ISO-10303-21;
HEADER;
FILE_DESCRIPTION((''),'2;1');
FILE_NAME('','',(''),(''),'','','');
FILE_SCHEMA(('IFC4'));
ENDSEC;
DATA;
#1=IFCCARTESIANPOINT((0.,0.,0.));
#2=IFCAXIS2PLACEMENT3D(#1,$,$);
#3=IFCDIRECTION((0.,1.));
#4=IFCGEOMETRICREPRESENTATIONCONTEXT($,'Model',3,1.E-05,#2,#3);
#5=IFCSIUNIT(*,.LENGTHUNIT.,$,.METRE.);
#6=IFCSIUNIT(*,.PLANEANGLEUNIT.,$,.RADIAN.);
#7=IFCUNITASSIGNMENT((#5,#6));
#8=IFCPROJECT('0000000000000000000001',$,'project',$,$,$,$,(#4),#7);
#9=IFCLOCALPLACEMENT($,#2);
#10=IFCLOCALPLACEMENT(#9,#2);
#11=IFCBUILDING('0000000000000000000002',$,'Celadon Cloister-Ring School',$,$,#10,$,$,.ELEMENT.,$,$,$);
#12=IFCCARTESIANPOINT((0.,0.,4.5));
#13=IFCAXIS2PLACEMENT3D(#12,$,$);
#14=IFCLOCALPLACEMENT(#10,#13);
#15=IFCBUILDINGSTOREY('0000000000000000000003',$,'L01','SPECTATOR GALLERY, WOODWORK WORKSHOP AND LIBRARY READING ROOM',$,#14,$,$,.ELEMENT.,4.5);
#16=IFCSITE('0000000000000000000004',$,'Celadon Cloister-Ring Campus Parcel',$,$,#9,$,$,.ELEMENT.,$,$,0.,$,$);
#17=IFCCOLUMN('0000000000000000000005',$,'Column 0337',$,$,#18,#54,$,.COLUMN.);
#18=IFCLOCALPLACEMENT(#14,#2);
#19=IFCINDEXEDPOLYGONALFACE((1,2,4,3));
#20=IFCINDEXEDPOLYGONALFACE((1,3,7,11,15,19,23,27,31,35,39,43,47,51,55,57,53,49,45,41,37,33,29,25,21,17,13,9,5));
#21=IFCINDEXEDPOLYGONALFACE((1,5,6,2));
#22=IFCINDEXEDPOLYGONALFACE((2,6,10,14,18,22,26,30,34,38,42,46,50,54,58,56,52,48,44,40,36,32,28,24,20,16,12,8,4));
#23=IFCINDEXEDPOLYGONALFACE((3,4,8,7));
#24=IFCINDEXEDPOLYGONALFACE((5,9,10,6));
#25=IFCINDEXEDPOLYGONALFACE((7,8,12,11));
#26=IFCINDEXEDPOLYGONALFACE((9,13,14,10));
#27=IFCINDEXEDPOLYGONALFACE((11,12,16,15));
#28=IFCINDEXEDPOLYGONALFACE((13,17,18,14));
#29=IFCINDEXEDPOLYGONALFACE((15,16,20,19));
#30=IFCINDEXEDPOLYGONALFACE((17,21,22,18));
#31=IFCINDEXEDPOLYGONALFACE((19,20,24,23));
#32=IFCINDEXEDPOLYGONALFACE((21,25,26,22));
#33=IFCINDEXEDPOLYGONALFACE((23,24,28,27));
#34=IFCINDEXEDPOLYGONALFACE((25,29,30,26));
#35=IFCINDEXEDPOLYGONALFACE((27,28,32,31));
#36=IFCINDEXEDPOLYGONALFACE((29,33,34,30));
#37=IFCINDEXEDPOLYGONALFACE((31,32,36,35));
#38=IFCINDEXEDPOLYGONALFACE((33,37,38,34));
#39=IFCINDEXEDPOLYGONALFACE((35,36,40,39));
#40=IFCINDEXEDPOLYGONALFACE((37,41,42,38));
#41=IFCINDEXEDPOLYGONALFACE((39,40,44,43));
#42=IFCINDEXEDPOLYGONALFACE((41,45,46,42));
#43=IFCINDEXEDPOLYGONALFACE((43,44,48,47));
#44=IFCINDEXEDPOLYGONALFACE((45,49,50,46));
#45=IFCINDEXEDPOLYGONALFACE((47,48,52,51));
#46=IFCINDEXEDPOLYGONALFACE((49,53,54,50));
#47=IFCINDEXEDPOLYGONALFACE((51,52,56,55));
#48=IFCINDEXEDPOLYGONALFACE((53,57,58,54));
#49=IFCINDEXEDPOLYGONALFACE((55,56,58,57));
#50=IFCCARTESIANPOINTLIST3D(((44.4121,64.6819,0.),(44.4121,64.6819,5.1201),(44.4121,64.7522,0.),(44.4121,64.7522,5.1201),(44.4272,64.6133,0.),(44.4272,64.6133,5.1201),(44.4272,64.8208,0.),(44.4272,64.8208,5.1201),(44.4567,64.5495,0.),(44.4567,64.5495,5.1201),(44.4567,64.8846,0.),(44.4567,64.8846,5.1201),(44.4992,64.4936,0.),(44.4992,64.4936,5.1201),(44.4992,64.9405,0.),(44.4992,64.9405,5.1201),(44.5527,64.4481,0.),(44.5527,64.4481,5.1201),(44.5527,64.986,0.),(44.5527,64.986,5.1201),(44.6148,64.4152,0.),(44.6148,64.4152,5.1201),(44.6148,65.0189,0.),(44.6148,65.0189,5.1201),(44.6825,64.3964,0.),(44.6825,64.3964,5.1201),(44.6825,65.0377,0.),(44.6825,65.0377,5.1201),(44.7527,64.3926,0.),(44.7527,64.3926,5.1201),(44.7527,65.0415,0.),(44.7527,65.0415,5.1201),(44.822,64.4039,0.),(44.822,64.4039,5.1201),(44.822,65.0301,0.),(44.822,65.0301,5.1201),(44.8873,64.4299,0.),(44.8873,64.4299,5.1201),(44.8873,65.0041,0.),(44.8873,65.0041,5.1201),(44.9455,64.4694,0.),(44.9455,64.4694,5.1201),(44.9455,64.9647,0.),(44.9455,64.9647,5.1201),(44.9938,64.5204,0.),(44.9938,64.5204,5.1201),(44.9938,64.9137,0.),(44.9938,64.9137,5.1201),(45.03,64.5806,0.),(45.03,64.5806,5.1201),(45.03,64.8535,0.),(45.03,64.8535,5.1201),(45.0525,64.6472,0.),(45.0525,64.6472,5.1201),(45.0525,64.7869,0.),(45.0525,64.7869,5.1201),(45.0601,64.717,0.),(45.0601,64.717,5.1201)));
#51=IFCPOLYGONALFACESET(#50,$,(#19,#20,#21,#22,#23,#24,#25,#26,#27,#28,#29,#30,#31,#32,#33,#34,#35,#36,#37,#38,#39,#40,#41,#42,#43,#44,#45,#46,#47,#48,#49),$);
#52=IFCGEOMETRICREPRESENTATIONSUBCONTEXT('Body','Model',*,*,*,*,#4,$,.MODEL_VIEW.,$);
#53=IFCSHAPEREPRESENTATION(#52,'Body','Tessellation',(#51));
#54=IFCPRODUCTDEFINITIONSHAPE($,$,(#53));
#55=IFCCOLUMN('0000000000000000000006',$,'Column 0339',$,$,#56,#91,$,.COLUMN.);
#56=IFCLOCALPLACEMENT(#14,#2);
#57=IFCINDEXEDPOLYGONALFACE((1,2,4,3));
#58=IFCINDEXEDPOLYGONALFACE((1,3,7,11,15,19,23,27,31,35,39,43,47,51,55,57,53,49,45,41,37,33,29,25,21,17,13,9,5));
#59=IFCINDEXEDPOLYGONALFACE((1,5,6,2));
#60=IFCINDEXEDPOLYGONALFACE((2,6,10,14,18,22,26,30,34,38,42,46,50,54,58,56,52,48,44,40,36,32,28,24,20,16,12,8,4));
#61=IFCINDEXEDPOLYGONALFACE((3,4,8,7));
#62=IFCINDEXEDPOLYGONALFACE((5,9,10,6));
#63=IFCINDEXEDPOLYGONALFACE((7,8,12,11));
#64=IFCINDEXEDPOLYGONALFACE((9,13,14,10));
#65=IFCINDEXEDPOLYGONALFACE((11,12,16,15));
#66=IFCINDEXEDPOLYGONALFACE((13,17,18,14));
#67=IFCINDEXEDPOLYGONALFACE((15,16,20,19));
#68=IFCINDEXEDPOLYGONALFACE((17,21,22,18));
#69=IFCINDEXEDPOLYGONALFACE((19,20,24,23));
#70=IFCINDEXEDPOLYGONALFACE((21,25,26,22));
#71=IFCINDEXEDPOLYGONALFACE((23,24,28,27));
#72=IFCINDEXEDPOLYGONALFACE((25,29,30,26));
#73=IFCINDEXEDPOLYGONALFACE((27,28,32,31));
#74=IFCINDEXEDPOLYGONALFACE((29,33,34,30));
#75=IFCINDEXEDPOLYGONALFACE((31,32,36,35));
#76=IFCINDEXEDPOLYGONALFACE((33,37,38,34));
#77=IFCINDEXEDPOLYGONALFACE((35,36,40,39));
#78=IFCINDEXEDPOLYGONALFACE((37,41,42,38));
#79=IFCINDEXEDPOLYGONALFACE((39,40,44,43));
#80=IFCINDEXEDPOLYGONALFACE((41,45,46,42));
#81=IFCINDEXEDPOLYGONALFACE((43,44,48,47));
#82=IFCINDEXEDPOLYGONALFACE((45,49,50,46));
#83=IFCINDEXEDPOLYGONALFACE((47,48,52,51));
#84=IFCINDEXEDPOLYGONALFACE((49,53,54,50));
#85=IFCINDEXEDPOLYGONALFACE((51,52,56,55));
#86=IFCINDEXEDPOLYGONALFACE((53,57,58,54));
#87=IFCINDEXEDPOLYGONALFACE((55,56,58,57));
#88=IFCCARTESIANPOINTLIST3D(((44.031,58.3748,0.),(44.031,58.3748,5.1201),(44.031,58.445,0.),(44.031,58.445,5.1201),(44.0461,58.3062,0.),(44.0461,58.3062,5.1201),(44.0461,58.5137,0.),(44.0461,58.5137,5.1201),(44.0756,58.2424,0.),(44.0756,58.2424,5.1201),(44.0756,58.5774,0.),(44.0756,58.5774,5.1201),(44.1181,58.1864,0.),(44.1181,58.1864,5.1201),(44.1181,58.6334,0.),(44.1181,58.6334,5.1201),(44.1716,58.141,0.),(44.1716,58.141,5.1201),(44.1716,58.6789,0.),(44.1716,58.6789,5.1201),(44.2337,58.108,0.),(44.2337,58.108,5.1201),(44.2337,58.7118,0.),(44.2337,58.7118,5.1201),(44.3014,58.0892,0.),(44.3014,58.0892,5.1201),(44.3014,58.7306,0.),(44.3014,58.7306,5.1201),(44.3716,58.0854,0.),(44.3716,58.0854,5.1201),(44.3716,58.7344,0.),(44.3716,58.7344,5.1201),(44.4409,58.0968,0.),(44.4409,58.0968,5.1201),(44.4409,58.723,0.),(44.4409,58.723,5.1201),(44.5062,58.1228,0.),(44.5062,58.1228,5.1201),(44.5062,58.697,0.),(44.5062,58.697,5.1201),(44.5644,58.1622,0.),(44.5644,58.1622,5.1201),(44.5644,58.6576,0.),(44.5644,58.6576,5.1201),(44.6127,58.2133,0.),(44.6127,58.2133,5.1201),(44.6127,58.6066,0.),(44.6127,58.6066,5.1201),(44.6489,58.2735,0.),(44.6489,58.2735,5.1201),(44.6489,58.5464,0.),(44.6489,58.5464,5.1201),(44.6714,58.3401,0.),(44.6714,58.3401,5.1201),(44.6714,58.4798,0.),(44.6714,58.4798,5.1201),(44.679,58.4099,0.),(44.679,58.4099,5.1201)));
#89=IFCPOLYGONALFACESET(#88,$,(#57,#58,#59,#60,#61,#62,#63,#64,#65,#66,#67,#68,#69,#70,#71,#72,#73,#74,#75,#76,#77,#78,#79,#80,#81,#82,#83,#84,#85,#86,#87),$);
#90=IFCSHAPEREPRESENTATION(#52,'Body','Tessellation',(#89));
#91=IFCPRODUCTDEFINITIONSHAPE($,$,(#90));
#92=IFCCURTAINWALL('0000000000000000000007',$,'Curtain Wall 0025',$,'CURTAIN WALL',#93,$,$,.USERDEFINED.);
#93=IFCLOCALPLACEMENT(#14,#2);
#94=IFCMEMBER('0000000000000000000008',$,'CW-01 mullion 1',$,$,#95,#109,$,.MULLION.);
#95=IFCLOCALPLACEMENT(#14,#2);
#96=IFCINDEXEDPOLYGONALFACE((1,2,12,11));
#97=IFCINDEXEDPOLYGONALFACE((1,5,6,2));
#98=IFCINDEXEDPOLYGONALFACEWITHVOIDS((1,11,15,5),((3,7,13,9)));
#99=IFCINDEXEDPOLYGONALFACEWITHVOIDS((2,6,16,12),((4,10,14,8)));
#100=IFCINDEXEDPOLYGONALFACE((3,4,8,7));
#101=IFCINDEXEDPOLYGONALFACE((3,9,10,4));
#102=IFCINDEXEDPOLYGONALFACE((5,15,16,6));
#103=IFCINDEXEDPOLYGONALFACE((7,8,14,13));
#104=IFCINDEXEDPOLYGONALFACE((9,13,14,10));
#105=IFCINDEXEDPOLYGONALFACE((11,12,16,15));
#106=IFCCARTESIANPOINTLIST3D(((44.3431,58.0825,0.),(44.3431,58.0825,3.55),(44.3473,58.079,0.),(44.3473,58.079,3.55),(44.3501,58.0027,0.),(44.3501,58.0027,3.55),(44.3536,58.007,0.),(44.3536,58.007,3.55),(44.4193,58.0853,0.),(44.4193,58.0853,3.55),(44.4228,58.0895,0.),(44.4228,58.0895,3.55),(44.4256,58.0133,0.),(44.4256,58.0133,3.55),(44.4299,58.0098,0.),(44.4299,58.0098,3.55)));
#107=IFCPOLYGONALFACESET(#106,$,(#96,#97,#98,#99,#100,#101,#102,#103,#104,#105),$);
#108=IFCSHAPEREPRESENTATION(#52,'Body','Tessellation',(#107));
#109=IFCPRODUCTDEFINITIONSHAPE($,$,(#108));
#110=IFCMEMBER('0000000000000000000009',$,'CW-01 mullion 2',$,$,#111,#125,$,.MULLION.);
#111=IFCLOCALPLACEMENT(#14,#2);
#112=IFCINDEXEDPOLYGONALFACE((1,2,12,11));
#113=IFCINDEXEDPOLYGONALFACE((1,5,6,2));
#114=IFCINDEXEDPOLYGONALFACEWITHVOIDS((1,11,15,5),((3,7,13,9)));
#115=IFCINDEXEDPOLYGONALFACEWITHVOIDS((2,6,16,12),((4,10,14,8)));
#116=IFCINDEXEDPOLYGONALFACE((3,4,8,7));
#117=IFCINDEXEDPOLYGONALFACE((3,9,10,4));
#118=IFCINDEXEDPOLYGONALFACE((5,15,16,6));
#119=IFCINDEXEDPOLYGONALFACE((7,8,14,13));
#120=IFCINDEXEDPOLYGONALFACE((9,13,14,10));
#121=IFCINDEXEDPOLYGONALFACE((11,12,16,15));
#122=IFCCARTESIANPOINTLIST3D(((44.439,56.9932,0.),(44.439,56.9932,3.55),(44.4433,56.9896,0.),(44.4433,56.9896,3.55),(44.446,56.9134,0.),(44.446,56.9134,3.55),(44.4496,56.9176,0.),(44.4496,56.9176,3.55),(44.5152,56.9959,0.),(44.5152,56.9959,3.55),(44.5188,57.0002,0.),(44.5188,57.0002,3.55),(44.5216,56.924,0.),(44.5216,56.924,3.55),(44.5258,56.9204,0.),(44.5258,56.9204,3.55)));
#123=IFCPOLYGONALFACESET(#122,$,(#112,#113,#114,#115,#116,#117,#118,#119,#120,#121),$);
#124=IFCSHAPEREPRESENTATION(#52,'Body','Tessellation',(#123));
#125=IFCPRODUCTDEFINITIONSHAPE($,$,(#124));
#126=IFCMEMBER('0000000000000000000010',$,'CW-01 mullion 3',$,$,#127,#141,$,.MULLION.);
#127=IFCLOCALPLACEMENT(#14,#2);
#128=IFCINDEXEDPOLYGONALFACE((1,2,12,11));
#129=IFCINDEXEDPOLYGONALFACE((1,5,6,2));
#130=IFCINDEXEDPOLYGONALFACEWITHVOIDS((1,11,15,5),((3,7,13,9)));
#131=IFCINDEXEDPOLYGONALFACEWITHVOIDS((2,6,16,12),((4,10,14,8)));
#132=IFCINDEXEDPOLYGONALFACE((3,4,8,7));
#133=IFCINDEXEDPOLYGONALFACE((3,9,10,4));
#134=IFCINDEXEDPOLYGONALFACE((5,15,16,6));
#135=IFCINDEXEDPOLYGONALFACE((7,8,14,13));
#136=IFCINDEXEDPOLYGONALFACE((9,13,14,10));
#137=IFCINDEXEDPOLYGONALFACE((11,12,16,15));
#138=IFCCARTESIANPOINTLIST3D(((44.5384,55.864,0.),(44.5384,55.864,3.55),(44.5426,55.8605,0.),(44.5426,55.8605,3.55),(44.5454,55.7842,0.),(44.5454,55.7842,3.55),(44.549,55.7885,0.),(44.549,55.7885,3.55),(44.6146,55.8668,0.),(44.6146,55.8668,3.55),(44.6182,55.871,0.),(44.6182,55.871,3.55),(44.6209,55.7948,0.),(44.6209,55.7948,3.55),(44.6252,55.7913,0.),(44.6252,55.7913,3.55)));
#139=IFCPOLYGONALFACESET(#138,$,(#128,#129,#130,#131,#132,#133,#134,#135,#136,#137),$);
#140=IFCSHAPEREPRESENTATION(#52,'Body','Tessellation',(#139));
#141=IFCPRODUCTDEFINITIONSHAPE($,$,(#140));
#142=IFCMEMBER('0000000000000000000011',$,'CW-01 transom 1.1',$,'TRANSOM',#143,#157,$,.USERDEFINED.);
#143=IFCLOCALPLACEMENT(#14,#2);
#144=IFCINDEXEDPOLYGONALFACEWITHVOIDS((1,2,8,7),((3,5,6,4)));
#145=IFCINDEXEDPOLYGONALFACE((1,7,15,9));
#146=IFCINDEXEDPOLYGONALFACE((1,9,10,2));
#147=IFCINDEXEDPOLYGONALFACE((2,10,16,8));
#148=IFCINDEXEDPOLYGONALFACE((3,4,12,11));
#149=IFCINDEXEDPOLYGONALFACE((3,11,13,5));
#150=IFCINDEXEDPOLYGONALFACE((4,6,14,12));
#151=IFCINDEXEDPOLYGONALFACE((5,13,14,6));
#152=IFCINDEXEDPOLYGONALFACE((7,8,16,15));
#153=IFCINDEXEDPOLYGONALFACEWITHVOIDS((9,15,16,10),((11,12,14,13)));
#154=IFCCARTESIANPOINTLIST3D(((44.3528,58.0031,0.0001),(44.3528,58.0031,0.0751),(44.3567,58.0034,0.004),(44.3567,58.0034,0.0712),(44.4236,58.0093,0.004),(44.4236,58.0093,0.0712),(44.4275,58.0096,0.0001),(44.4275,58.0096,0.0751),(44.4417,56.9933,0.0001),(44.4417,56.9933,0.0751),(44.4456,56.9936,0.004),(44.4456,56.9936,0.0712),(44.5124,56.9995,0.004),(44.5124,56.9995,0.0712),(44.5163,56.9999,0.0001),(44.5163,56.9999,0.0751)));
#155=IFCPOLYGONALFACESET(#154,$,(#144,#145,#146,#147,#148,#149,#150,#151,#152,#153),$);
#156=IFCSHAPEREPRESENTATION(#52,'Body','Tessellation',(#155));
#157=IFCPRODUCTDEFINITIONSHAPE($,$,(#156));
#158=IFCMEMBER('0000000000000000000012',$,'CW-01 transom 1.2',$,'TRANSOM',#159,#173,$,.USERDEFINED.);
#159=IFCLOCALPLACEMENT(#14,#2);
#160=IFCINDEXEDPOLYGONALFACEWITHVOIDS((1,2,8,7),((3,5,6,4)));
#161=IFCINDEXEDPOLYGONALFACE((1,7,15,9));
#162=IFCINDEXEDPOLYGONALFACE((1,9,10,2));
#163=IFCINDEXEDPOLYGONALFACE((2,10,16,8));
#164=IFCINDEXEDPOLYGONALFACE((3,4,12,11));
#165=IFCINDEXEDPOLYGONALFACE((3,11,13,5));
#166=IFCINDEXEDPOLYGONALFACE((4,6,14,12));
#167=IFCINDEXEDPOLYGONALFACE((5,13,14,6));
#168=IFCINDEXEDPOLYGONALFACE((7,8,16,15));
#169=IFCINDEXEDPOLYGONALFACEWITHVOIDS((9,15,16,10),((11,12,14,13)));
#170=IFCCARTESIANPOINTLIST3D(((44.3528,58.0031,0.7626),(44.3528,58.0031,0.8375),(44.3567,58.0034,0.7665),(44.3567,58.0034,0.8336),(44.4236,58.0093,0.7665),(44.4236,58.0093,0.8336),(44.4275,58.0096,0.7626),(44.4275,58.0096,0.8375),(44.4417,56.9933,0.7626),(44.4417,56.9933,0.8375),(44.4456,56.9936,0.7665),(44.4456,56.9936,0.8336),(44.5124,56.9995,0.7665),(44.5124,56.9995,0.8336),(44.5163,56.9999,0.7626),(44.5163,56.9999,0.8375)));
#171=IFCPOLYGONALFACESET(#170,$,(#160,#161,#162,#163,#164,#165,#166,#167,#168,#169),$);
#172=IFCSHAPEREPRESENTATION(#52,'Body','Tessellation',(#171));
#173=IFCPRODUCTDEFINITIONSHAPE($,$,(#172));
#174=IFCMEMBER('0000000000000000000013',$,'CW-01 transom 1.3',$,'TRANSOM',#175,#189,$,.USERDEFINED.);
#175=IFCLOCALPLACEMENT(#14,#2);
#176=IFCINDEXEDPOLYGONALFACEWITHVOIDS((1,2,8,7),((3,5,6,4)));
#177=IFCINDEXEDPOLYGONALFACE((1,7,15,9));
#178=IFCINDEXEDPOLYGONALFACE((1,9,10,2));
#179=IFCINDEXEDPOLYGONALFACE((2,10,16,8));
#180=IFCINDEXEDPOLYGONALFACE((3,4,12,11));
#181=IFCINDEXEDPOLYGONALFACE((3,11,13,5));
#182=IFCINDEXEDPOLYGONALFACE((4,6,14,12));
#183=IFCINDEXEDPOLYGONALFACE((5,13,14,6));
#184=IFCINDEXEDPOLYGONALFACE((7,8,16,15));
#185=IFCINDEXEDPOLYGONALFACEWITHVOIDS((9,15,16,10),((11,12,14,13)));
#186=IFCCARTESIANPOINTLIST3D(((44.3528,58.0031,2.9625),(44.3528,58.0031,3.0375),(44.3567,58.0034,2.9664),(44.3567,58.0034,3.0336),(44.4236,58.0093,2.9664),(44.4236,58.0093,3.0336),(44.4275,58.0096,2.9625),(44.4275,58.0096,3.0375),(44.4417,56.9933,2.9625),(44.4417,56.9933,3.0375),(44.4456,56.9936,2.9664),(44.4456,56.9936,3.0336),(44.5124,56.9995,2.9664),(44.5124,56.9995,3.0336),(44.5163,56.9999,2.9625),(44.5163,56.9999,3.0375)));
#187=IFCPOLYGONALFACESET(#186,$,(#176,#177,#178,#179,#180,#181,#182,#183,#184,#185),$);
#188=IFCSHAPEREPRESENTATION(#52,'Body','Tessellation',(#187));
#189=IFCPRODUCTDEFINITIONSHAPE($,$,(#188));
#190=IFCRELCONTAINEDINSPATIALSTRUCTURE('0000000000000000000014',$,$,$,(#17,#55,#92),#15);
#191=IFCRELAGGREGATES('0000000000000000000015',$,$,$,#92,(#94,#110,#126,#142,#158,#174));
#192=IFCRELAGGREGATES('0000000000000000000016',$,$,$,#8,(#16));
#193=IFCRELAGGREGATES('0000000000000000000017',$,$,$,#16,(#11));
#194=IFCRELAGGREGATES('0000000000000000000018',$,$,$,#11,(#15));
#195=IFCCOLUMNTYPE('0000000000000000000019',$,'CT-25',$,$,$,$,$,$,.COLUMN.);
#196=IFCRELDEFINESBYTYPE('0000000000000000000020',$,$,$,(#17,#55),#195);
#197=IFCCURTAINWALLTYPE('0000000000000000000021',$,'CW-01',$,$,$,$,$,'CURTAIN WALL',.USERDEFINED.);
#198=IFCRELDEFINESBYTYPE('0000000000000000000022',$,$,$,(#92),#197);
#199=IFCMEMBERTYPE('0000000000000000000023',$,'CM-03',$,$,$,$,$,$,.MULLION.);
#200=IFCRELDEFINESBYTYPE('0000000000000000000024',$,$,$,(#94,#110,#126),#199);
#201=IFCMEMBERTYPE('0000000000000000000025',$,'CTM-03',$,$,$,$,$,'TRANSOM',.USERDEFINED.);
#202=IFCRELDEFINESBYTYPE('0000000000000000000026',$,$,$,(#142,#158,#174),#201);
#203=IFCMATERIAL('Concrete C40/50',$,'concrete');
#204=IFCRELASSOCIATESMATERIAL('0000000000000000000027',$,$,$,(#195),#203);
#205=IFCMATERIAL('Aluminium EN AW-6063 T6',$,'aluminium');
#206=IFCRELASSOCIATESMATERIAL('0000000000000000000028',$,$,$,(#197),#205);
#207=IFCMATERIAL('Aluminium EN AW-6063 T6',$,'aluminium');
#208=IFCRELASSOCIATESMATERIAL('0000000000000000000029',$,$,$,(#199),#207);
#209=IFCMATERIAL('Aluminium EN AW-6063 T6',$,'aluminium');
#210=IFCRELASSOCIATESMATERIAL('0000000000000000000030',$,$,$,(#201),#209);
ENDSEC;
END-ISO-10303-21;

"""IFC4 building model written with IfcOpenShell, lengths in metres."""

from ifc_helpers import new_model, si_unit, direction, frame, origin, origin_2d, place, context, subcontext, project, spatial, hollow_rectangle, circle, extrude, material, material_profile, profile_set, type_object, element, aggregate, save


model = new_model("IFC4")

# Units and contexts
model_context = context("Model", 3, precision=1e-05, world=origin(), true_north=direction((0.0, 1.0)))
body_context = subcontext(model_context, "Body", "Model", "MODEL_VIEW")
ifc_project = project(units=[si_unit("LENGTHUNIT", "METRE"), si_unit("PLANEANGLEUNIT", "RADIAN")], contexts=[model_context])

# Site, building, storey
site_placement = place(None, origin())
site = spatial("IfcSite", under=ifc_project, at=site_placement, Name="Celadon Cloister-Ring Campus Parcel", CompositionType="ELEMENT", RefElevation=0.0)
building_placement = place(site_placement, origin())
building = spatial("IfcBuilding", under=site, at=building_placement, Name="Celadon Cloister-Ring School", CompositionType="ELEMENT")
storey_placement = place(building_placement, frame((0.0, 0.0, 4.5)))
storey = spatial("IfcBuildingStorey", under=building, at=storey_placement, Name="L01", Description="SPECTATOR GALLERY, WOODWORK WORKSHOP AND LIBRARY READING ROOM", CompositionType="ELEMENT", Elevation=4.5)

# Columns
ifc_material_1 = material(Name="Concrete C40/50", Category="concrete")
ifc_material_profile_1 = material_profile(ifc_material_1, circle(Radius=0.325, at=origin_2d()), Name="CIRC650")
ifc_profile_set_1 = profile_set([ifc_material_profile_1], Name="Concrete C40/50")
column_type = type_object("IfcColumnType", Name="CT-25", PredefinedType="COLUMN", material=ifc_profile_set_1)
for number, where, z_axis, x_axis, name in (
    (1, (44.7351, 64.717, 0.0), (0.0, 0.0, 1.0), (1.0, 0.0, 0.0), "Column 0337"),
    (2, (44.354, 58.4099, 0.0), (0.0, 0.0, 1.0), (1.0, 0.0, 0.0), "Column 0339"),
):
    element("IfcColumn", number, at=place(storey_placement, frame(where, z_axis=z_axis, x_axis=x_axis)), inside=storey, type_object=column_type, Name=name, PredefinedType="COLUMN", context=body_context, shape_type="SweptSolid", body=[
        extrude(circle(Radius=0.325, at=origin_2d()), origin(), (0.0, 0.0, 1.0), 5.1201),
    ])

# Curtain wall, members
ifc_material_2 = material(Name="Aluminium EN AW-6063 T6", Category="aluminium")
curtain_wall_type = type_object("IfcCurtainWallType", Name="CW-01", ElementType="CURTAIN WALL", PredefinedType="USERDEFINED", material=ifc_material_2)
curtain_wall_placement = place(storey_placement, origin())
curtain_wall = element("IfcCurtainWall", 3, at=curtain_wall_placement, inside=storey, type_object=curtain_wall_type, Name="Curtain Wall 0025", ObjectType="CURTAIN WALL", PredefinedType="USERDEFINED")
ifc_material_3 = material(Name="Aluminium EN AW-6063 T6", Category="aluminium")
ifc_material_profile_2 = material_profile(ifc_material_3, hollow_rectangle(XDim=0.0801, YDim=0.0801, WallThickness=0.0039, at=origin_2d()), Name="RHS80X80X4")
ifc_profile_set_2 = profile_set([ifc_material_profile_2], Name="Aluminium EN AW-6063 T6")
member_type_1 = type_object("IfcMemberType", Name="CM-03", PredefinedType="MULLION", material=ifc_profile_set_2)
member_1_placement = place(storey_placement, frame((44.3865, 58.0461, 0.0), z_axis=(0.0, 0.0, 1.0), x_axis=(0.996148, 0.087688, 0.0)))
member_1 = element("IfcMember", 4, at=member_1_placement, type_object=member_type_1, Name="CW-01 mullion 1", PredefinedType="MULLION", context=body_context, shape_type="SweptSolid", body=[
    extrude(hollow_rectangle(XDim=0.0801, YDim=0.0801, WallThickness=0.0039, at=origin_2d()), origin(), (0.0, 0.0, 1.0), 3.55),
])
member_2_placement = place(storey_placement, frame((44.4824, 56.9568, 0.0), z_axis=(0.0, 0.0, 1.0), x_axis=(0.996148, 0.087688, 0.0)))
member_2 = element("IfcMember", 5, at=member_2_placement, type_object=member_type_1, Name="CW-01 mullion 2", PredefinedType="MULLION", context=body_context, shape_type="SweptSolid", body=[
    extrude(hollow_rectangle(XDim=0.0801, YDim=0.0801, WallThickness=0.0039, at=origin_2d()), origin(), (0.0, 0.0, 1.0), 3.55),
])
member_3_placement = place(storey_placement, frame((44.5818, 55.8276, 0.0), z_axis=(0.0, 0.0, 1.0), x_axis=(0.996148, 0.087688, 0.0)))
member_3 = element("IfcMember", 6, at=member_3_placement, type_object=member_type_1, Name="CW-01 mullion 3", PredefinedType="MULLION", context=body_context, shape_type="SweptSolid", body=[
    extrude(hollow_rectangle(XDim=0.0801, YDim=0.0801, WallThickness=0.0039, at=origin_2d()), origin(), (0.0, 0.0, 1.0), 3.55),
])
ifc_material_4 = material(Name="Aluminium EN AW-6063 T6", Category="aluminium")
ifc_material_profile_3 = material_profile(ifc_material_4, hollow_rectangle(XDim=0.075, YDim=0.075, WallThickness=0.0039, at=origin_2d()), Name="RHS75X75X4")
ifc_profile_set_3 = profile_set([ifc_material_profile_3], Name="Aluminium EN AW-6063 T6")
member_type_2 = type_object("IfcMemberType", Name="CTM-03", ElementType="TRANSOM", PredefinedType="USERDEFINED", material=ifc_profile_set_3)
member_4_placement = place(storey_placement, frame((44.3901, 58.0063, 0.0376), z_axis=(0.087669, -0.99615, 0.0), x_axis=(0.99615, 0.087669, 0.0)))
member_4 = element("IfcMember", 7, at=member_4_placement, type_object=member_type_2, Name="CW-01 transom 1.1", ObjectType="TRANSOM", PredefinedType="USERDEFINED", context=body_context, shape_type="SweptSolid", body=[
    extrude(hollow_rectangle(XDim=0.075, YDim=0.075, WallThickness=0.0039, at=origin_2d()), origin(), (0.0, 0.0, 1.0), 1.0137),
])
member_5_placement = place(storey_placement, frame((44.3901, 58.0063, 0.8), z_axis=(0.087669, -0.99615, 0.0), x_axis=(0.99615, 0.087669, 0.0)))
member_5 = element("IfcMember", 8, at=member_5_placement, type_object=member_type_2, Name="CW-01 transom 1.2", ObjectType="TRANSOM", PredefinedType="USERDEFINED", context=body_context, shape_type="SweptSolid", body=[
    extrude(hollow_rectangle(XDim=0.075, YDim=0.075, WallThickness=0.0039, at=origin_2d()), origin(), (0.0, 0.0, 1.0), 1.0137),
])
member_6_placement = place(storey_placement, frame((44.3901, 58.0063, 3.0), z_axis=(0.087669, -0.99615, 0.0), x_axis=(0.99615, 0.087669, 0.0)))
member_6 = element("IfcMember", 9, at=member_6_placement, type_object=member_type_2, Name="CW-01 transom 1.3", ObjectType="TRANSOM", PredefinedType="USERDEFINED", context=body_context, shape_type="SweptSolid", body=[
    extrude(hollow_rectangle(XDim=0.075, YDim=0.075, WallThickness=0.0039, at=origin_2d()), origin(), (0.0, 0.0, 1.0), 1.0137),
])

aggregate(curtain_wall, [member_1, member_2, member_3, member_4, member_5, member_6])

save(model, "model.ifc")
